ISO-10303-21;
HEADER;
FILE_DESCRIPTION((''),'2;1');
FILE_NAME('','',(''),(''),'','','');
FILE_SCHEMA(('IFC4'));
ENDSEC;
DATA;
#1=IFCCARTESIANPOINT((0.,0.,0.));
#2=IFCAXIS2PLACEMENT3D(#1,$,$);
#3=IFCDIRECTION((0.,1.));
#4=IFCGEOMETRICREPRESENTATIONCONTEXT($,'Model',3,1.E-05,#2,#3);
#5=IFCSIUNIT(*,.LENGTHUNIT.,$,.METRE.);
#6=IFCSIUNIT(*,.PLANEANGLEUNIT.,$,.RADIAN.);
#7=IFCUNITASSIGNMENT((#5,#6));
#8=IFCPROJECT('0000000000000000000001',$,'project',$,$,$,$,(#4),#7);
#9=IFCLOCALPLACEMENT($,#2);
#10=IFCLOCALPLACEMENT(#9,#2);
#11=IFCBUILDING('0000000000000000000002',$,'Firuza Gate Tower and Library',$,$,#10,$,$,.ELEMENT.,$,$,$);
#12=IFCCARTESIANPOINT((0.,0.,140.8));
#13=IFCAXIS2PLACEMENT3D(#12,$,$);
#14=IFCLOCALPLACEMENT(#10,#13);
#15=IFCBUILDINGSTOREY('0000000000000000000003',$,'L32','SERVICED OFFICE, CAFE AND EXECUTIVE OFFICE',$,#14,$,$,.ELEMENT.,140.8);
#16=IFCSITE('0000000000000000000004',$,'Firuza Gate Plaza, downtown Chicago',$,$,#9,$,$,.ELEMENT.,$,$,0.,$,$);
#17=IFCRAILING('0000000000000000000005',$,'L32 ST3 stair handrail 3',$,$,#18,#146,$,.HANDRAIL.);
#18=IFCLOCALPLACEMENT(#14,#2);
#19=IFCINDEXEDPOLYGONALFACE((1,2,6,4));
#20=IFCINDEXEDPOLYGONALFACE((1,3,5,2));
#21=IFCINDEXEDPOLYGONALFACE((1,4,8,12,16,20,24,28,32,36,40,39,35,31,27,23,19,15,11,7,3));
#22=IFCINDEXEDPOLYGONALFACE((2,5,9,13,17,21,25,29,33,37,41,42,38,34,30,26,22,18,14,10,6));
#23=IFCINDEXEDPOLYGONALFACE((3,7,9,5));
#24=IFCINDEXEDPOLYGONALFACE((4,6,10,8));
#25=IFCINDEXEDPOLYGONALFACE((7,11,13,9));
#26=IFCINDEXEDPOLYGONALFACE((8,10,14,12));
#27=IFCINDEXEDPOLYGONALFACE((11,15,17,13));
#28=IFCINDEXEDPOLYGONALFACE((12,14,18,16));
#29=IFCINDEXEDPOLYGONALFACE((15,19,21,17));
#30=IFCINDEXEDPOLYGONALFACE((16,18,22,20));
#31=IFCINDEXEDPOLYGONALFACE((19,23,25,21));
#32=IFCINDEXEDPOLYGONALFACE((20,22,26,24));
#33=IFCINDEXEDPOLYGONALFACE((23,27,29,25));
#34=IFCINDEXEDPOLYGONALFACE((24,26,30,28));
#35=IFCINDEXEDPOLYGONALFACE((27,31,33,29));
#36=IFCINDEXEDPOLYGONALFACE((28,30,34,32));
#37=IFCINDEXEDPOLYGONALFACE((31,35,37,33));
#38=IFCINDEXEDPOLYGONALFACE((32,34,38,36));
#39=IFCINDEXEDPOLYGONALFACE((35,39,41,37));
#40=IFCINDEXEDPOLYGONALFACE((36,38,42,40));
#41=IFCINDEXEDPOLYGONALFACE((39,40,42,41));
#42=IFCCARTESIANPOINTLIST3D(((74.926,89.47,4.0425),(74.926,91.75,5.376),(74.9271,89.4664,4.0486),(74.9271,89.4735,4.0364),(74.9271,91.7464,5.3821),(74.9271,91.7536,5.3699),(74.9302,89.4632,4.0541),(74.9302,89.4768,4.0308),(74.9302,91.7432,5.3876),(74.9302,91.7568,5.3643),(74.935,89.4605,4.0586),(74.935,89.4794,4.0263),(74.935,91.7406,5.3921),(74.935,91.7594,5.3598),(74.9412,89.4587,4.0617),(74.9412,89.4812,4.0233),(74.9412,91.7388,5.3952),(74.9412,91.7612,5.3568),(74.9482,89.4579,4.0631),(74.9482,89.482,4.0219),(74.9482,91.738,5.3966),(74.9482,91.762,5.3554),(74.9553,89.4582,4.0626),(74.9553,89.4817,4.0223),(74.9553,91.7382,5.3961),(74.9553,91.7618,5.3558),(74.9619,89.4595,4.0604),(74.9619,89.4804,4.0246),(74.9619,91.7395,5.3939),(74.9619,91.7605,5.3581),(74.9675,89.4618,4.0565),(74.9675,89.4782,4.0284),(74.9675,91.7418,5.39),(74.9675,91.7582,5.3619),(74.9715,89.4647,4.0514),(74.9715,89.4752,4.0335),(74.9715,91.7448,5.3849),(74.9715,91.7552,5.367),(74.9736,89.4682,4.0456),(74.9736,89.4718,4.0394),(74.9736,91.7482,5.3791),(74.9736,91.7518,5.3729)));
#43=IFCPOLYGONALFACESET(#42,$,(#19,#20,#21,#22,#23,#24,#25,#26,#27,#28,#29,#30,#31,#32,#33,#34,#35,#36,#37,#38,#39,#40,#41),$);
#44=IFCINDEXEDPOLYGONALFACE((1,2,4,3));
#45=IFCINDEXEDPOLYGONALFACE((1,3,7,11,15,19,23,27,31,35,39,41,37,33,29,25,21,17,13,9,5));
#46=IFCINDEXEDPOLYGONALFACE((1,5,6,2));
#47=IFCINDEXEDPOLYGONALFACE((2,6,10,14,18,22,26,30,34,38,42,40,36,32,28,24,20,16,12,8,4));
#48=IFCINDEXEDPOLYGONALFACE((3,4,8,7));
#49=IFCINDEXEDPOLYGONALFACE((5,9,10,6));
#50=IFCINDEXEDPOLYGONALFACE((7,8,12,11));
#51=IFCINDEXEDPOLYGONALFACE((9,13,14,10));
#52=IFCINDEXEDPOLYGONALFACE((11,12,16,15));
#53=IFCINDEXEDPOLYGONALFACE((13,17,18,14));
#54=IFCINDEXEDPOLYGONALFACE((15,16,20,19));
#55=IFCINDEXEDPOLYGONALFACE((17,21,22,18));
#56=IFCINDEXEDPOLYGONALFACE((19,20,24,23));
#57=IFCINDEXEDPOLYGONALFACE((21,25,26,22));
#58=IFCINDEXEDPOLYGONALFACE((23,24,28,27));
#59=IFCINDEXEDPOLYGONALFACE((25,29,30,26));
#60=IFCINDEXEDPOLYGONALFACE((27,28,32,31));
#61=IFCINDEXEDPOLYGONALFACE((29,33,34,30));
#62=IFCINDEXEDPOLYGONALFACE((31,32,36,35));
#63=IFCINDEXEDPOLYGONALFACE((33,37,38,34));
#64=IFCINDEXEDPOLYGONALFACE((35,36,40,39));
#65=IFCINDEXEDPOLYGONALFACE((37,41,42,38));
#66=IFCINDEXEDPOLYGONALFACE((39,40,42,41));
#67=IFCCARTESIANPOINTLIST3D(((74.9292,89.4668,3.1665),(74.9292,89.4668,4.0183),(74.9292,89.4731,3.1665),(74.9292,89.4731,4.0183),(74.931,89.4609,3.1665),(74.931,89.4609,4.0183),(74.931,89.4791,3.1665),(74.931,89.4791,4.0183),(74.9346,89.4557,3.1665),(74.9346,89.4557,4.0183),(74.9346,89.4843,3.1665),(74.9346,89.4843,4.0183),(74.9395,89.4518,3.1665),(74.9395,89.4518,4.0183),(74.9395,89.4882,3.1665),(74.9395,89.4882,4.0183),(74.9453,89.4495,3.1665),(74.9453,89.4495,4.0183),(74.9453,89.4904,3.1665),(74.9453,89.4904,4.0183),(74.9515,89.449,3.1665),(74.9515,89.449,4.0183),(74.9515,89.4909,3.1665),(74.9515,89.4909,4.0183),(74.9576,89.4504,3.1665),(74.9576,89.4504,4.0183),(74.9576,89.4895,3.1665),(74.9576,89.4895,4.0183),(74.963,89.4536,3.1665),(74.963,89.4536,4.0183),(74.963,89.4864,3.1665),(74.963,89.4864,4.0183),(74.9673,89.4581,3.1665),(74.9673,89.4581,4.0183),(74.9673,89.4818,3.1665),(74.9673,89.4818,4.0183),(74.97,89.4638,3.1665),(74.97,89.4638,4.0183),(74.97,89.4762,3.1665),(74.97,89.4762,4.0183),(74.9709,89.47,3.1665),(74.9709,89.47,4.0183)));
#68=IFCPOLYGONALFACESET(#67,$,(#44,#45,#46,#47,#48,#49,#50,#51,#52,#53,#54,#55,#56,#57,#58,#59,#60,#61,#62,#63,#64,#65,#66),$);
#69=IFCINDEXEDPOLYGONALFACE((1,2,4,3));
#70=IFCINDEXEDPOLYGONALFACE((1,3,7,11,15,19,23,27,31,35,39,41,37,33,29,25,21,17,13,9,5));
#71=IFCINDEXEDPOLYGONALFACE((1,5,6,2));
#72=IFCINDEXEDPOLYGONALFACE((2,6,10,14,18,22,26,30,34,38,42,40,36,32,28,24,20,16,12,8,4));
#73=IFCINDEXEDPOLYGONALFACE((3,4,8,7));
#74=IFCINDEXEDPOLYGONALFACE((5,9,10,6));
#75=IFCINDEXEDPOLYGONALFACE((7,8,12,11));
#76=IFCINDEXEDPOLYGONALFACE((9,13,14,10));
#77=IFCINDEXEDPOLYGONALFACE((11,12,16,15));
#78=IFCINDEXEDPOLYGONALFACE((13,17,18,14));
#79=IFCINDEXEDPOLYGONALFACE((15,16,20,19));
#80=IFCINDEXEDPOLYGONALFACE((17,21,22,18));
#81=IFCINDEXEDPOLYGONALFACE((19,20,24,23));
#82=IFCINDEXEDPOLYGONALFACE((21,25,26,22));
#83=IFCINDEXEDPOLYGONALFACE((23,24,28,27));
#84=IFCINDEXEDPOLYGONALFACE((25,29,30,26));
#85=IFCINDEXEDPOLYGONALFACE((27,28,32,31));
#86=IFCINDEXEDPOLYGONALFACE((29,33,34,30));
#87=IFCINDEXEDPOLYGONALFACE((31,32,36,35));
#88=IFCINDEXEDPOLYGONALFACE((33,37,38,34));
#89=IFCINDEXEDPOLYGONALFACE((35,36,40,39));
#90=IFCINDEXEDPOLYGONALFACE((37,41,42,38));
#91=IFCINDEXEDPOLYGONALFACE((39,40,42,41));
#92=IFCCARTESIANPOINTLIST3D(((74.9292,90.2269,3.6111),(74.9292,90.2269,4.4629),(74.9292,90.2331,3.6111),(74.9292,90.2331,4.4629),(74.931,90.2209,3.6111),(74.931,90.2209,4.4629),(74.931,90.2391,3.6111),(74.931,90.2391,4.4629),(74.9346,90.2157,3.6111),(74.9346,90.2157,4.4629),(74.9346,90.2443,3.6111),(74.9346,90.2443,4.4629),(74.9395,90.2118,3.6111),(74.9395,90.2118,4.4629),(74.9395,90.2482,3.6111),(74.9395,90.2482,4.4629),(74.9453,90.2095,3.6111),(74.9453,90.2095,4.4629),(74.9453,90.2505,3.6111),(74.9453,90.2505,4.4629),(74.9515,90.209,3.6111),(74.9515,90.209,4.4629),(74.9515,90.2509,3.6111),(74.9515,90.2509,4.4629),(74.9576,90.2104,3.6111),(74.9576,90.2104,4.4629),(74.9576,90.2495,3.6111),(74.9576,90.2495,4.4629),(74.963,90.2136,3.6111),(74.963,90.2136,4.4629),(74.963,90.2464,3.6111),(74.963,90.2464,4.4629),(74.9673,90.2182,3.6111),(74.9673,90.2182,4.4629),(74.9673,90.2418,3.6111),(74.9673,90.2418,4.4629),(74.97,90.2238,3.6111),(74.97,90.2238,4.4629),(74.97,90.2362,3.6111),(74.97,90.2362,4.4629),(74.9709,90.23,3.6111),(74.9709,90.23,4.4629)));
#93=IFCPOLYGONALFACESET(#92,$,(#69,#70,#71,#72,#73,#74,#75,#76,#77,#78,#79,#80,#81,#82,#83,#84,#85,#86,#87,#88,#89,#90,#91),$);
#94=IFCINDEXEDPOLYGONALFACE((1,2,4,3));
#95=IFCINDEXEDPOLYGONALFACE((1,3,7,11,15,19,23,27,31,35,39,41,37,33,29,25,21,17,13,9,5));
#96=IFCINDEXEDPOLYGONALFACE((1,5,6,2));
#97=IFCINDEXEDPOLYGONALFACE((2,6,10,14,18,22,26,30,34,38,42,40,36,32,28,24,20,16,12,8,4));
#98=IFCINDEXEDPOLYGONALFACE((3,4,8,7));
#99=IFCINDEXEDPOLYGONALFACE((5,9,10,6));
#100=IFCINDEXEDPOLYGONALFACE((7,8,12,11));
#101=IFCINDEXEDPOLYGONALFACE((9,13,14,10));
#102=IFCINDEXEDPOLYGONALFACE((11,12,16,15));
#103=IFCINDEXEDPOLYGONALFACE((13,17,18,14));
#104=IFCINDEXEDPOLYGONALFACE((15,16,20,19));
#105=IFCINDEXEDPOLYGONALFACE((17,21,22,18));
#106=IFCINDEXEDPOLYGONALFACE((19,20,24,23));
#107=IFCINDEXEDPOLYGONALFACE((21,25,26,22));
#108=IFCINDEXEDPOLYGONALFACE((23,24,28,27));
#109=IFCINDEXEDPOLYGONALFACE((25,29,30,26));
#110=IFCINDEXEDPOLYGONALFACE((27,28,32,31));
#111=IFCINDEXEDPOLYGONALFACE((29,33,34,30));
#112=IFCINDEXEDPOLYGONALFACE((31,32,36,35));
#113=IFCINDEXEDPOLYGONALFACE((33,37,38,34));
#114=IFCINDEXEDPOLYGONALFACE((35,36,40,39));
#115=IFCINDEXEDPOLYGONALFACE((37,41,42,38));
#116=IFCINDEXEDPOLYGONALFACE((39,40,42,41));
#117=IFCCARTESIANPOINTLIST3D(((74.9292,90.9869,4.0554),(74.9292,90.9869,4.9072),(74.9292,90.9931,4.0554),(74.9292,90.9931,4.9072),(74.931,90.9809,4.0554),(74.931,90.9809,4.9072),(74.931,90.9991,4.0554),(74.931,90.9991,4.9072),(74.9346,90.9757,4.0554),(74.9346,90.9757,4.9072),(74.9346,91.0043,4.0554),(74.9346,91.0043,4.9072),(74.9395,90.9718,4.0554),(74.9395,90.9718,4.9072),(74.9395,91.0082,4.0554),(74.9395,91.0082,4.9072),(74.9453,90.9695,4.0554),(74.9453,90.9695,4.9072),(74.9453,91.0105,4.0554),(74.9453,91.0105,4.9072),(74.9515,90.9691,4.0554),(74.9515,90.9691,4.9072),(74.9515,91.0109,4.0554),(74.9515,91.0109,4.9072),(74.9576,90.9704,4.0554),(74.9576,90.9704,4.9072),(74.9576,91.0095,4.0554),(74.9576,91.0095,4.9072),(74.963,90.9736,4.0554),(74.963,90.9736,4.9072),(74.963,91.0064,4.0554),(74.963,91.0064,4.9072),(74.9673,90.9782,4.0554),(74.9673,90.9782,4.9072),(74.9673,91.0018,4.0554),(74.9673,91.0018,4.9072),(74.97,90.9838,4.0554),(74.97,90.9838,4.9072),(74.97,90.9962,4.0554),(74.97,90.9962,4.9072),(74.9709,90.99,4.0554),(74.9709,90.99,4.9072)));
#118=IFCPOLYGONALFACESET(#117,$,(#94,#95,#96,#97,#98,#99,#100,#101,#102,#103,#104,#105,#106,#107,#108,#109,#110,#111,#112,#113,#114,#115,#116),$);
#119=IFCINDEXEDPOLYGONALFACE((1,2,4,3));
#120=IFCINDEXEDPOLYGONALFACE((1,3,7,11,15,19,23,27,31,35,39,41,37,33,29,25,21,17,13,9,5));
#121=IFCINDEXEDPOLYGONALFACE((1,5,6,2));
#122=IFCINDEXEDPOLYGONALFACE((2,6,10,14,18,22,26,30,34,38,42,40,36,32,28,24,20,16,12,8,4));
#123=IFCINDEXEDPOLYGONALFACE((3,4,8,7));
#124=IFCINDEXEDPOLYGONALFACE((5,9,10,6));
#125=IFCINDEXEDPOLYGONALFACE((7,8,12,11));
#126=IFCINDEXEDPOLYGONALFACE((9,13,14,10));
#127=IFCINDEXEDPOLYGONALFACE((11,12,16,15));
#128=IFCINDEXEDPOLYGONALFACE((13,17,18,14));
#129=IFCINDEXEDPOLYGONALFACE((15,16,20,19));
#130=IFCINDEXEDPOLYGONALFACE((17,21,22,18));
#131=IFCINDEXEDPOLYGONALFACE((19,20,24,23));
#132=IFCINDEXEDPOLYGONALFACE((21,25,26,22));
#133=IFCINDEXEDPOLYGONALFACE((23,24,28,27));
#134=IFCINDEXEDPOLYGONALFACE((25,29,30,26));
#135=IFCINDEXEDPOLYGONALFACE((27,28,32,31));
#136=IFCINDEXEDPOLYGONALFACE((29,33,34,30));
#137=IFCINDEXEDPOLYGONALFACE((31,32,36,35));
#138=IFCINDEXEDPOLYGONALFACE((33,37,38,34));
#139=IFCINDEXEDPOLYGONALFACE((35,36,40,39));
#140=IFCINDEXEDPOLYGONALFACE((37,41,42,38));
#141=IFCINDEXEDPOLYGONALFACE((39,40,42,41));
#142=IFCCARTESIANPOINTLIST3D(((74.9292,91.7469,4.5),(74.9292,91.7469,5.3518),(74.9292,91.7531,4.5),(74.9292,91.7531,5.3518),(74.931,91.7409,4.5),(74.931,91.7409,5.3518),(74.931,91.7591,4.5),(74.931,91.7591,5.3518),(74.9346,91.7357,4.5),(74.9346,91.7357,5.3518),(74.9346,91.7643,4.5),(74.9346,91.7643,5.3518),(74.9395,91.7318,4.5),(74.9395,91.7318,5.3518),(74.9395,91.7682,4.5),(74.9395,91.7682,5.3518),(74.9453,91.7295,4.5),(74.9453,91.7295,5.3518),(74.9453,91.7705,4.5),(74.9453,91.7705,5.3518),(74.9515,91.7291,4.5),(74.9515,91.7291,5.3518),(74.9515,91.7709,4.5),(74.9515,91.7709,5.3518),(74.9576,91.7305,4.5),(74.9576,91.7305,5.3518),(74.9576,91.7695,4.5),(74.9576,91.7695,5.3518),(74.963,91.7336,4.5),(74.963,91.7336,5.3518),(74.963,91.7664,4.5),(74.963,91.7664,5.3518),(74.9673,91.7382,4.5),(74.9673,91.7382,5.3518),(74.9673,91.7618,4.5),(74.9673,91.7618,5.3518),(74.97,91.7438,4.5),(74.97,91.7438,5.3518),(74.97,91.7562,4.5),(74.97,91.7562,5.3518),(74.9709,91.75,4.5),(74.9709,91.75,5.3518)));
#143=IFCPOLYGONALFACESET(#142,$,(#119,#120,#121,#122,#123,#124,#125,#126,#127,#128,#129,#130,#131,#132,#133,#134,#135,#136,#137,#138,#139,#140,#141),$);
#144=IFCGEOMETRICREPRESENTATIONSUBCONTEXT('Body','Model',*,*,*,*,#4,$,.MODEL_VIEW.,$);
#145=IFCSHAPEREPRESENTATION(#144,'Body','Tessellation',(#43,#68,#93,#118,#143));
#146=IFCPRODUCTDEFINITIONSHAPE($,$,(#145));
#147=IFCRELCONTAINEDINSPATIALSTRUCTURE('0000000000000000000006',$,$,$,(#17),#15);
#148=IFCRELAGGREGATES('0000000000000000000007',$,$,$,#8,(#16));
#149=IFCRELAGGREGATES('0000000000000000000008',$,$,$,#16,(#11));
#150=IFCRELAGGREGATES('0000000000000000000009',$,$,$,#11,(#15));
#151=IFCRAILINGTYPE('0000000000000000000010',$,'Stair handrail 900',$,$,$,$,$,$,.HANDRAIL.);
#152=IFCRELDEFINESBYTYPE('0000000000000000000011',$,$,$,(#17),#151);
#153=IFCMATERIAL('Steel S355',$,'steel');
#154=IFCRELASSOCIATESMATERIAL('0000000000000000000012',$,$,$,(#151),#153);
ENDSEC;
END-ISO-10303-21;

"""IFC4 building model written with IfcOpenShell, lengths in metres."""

from ifc_helpers import new_model, si_unit, direction, frame, origin, origin_2d, place, context, subcontext, project, spatial, circle, extrude, material, type_object, element, save


model = new_model("IFC4")

# Units and contexts
model_context = context("Model", 3, precision=1e-05, world=origin(), true_north=direction((0.0, 1.0)))
body_context = subcontext(model_context, "Body", "Model", "MODEL_VIEW")
ifc_project = project(units=[si_unit("LENGTHUNIT", "METRE"), si_unit("PLANEANGLEUNIT", "RADIAN")], contexts=[model_context])

# Site, building, storey
site_placement = place(None, origin())
site = spatial("IfcSite", under=ifc_project, at=site_placement, Name="Firuza Gate Plaza, downtown Chicago", CompositionType="ELEMENT", RefElevation=0.0)
building_placement = place(site_placement, origin())
building = spatial("IfcBuilding", under=site, at=building_placement, Name="Firuza Gate Tower and Library", CompositionType="ELEMENT")
storey_placement = place(building_placement, frame((0.0, 0.0, 140.8)))
storey = spatial("IfcBuildingStorey", under=building, at=storey_placement, Name="L32", Description="SERVICED OFFICE, CAFE AND EXECUTIVE OFFICE", CompositionType="ELEMENT", Elevation=140.8)

# Railing
ifc_material_1 = material(Name="Steel S355", Category="steel")
railing_type = type_object("IfcRailingType", Name="Stair handrail 900", PredefinedType="HANDRAIL", material=ifc_material_1)
for number, where, name in (
    (1, (74.95, 89.47, 3.1665), "L32 ST3 stair handrail 3"),
):
    element("IfcRailing", number, at=place(storey_placement, frame(where)), inside=storey, type_object=railing_type, Name=name, PredefinedType="HANDRAIL", context=body_context, shape_type="SweptSolid", body=[
        extrude(circle(Radius=0.0239, at=origin_2d()), frame((0.0, 0.0, 0.876), z_axis=(0.0, 0.863205, 0.504853), x_axis=(-1.0, 0.0, 0.0)), (0.0, 0.0, 1.0), 2.6414),
        extrude(circle(Radius=0.021, at=origin_2d()), origin(), (0.0, 0.0, 1.0), 0.8518),
        extrude(circle(Radius=0.021, at=origin_2d()), frame((0.0, 0.76, 0.4446)), (0.0, 0.0, 1.0), 0.8518),
        extrude(circle(Radius=0.021, at=origin_2d()), frame((0.0, 1.52, 0.8889)), (0.0, 0.0, 1.0), 0.8518),
        extrude(circle(Radius=0.021, at=origin_2d()), frame((0.0, 2.28, 1.3335)), (0.0, 0.0, 1.0), 0.8518),
    ])

save(model, "model.ifc")
